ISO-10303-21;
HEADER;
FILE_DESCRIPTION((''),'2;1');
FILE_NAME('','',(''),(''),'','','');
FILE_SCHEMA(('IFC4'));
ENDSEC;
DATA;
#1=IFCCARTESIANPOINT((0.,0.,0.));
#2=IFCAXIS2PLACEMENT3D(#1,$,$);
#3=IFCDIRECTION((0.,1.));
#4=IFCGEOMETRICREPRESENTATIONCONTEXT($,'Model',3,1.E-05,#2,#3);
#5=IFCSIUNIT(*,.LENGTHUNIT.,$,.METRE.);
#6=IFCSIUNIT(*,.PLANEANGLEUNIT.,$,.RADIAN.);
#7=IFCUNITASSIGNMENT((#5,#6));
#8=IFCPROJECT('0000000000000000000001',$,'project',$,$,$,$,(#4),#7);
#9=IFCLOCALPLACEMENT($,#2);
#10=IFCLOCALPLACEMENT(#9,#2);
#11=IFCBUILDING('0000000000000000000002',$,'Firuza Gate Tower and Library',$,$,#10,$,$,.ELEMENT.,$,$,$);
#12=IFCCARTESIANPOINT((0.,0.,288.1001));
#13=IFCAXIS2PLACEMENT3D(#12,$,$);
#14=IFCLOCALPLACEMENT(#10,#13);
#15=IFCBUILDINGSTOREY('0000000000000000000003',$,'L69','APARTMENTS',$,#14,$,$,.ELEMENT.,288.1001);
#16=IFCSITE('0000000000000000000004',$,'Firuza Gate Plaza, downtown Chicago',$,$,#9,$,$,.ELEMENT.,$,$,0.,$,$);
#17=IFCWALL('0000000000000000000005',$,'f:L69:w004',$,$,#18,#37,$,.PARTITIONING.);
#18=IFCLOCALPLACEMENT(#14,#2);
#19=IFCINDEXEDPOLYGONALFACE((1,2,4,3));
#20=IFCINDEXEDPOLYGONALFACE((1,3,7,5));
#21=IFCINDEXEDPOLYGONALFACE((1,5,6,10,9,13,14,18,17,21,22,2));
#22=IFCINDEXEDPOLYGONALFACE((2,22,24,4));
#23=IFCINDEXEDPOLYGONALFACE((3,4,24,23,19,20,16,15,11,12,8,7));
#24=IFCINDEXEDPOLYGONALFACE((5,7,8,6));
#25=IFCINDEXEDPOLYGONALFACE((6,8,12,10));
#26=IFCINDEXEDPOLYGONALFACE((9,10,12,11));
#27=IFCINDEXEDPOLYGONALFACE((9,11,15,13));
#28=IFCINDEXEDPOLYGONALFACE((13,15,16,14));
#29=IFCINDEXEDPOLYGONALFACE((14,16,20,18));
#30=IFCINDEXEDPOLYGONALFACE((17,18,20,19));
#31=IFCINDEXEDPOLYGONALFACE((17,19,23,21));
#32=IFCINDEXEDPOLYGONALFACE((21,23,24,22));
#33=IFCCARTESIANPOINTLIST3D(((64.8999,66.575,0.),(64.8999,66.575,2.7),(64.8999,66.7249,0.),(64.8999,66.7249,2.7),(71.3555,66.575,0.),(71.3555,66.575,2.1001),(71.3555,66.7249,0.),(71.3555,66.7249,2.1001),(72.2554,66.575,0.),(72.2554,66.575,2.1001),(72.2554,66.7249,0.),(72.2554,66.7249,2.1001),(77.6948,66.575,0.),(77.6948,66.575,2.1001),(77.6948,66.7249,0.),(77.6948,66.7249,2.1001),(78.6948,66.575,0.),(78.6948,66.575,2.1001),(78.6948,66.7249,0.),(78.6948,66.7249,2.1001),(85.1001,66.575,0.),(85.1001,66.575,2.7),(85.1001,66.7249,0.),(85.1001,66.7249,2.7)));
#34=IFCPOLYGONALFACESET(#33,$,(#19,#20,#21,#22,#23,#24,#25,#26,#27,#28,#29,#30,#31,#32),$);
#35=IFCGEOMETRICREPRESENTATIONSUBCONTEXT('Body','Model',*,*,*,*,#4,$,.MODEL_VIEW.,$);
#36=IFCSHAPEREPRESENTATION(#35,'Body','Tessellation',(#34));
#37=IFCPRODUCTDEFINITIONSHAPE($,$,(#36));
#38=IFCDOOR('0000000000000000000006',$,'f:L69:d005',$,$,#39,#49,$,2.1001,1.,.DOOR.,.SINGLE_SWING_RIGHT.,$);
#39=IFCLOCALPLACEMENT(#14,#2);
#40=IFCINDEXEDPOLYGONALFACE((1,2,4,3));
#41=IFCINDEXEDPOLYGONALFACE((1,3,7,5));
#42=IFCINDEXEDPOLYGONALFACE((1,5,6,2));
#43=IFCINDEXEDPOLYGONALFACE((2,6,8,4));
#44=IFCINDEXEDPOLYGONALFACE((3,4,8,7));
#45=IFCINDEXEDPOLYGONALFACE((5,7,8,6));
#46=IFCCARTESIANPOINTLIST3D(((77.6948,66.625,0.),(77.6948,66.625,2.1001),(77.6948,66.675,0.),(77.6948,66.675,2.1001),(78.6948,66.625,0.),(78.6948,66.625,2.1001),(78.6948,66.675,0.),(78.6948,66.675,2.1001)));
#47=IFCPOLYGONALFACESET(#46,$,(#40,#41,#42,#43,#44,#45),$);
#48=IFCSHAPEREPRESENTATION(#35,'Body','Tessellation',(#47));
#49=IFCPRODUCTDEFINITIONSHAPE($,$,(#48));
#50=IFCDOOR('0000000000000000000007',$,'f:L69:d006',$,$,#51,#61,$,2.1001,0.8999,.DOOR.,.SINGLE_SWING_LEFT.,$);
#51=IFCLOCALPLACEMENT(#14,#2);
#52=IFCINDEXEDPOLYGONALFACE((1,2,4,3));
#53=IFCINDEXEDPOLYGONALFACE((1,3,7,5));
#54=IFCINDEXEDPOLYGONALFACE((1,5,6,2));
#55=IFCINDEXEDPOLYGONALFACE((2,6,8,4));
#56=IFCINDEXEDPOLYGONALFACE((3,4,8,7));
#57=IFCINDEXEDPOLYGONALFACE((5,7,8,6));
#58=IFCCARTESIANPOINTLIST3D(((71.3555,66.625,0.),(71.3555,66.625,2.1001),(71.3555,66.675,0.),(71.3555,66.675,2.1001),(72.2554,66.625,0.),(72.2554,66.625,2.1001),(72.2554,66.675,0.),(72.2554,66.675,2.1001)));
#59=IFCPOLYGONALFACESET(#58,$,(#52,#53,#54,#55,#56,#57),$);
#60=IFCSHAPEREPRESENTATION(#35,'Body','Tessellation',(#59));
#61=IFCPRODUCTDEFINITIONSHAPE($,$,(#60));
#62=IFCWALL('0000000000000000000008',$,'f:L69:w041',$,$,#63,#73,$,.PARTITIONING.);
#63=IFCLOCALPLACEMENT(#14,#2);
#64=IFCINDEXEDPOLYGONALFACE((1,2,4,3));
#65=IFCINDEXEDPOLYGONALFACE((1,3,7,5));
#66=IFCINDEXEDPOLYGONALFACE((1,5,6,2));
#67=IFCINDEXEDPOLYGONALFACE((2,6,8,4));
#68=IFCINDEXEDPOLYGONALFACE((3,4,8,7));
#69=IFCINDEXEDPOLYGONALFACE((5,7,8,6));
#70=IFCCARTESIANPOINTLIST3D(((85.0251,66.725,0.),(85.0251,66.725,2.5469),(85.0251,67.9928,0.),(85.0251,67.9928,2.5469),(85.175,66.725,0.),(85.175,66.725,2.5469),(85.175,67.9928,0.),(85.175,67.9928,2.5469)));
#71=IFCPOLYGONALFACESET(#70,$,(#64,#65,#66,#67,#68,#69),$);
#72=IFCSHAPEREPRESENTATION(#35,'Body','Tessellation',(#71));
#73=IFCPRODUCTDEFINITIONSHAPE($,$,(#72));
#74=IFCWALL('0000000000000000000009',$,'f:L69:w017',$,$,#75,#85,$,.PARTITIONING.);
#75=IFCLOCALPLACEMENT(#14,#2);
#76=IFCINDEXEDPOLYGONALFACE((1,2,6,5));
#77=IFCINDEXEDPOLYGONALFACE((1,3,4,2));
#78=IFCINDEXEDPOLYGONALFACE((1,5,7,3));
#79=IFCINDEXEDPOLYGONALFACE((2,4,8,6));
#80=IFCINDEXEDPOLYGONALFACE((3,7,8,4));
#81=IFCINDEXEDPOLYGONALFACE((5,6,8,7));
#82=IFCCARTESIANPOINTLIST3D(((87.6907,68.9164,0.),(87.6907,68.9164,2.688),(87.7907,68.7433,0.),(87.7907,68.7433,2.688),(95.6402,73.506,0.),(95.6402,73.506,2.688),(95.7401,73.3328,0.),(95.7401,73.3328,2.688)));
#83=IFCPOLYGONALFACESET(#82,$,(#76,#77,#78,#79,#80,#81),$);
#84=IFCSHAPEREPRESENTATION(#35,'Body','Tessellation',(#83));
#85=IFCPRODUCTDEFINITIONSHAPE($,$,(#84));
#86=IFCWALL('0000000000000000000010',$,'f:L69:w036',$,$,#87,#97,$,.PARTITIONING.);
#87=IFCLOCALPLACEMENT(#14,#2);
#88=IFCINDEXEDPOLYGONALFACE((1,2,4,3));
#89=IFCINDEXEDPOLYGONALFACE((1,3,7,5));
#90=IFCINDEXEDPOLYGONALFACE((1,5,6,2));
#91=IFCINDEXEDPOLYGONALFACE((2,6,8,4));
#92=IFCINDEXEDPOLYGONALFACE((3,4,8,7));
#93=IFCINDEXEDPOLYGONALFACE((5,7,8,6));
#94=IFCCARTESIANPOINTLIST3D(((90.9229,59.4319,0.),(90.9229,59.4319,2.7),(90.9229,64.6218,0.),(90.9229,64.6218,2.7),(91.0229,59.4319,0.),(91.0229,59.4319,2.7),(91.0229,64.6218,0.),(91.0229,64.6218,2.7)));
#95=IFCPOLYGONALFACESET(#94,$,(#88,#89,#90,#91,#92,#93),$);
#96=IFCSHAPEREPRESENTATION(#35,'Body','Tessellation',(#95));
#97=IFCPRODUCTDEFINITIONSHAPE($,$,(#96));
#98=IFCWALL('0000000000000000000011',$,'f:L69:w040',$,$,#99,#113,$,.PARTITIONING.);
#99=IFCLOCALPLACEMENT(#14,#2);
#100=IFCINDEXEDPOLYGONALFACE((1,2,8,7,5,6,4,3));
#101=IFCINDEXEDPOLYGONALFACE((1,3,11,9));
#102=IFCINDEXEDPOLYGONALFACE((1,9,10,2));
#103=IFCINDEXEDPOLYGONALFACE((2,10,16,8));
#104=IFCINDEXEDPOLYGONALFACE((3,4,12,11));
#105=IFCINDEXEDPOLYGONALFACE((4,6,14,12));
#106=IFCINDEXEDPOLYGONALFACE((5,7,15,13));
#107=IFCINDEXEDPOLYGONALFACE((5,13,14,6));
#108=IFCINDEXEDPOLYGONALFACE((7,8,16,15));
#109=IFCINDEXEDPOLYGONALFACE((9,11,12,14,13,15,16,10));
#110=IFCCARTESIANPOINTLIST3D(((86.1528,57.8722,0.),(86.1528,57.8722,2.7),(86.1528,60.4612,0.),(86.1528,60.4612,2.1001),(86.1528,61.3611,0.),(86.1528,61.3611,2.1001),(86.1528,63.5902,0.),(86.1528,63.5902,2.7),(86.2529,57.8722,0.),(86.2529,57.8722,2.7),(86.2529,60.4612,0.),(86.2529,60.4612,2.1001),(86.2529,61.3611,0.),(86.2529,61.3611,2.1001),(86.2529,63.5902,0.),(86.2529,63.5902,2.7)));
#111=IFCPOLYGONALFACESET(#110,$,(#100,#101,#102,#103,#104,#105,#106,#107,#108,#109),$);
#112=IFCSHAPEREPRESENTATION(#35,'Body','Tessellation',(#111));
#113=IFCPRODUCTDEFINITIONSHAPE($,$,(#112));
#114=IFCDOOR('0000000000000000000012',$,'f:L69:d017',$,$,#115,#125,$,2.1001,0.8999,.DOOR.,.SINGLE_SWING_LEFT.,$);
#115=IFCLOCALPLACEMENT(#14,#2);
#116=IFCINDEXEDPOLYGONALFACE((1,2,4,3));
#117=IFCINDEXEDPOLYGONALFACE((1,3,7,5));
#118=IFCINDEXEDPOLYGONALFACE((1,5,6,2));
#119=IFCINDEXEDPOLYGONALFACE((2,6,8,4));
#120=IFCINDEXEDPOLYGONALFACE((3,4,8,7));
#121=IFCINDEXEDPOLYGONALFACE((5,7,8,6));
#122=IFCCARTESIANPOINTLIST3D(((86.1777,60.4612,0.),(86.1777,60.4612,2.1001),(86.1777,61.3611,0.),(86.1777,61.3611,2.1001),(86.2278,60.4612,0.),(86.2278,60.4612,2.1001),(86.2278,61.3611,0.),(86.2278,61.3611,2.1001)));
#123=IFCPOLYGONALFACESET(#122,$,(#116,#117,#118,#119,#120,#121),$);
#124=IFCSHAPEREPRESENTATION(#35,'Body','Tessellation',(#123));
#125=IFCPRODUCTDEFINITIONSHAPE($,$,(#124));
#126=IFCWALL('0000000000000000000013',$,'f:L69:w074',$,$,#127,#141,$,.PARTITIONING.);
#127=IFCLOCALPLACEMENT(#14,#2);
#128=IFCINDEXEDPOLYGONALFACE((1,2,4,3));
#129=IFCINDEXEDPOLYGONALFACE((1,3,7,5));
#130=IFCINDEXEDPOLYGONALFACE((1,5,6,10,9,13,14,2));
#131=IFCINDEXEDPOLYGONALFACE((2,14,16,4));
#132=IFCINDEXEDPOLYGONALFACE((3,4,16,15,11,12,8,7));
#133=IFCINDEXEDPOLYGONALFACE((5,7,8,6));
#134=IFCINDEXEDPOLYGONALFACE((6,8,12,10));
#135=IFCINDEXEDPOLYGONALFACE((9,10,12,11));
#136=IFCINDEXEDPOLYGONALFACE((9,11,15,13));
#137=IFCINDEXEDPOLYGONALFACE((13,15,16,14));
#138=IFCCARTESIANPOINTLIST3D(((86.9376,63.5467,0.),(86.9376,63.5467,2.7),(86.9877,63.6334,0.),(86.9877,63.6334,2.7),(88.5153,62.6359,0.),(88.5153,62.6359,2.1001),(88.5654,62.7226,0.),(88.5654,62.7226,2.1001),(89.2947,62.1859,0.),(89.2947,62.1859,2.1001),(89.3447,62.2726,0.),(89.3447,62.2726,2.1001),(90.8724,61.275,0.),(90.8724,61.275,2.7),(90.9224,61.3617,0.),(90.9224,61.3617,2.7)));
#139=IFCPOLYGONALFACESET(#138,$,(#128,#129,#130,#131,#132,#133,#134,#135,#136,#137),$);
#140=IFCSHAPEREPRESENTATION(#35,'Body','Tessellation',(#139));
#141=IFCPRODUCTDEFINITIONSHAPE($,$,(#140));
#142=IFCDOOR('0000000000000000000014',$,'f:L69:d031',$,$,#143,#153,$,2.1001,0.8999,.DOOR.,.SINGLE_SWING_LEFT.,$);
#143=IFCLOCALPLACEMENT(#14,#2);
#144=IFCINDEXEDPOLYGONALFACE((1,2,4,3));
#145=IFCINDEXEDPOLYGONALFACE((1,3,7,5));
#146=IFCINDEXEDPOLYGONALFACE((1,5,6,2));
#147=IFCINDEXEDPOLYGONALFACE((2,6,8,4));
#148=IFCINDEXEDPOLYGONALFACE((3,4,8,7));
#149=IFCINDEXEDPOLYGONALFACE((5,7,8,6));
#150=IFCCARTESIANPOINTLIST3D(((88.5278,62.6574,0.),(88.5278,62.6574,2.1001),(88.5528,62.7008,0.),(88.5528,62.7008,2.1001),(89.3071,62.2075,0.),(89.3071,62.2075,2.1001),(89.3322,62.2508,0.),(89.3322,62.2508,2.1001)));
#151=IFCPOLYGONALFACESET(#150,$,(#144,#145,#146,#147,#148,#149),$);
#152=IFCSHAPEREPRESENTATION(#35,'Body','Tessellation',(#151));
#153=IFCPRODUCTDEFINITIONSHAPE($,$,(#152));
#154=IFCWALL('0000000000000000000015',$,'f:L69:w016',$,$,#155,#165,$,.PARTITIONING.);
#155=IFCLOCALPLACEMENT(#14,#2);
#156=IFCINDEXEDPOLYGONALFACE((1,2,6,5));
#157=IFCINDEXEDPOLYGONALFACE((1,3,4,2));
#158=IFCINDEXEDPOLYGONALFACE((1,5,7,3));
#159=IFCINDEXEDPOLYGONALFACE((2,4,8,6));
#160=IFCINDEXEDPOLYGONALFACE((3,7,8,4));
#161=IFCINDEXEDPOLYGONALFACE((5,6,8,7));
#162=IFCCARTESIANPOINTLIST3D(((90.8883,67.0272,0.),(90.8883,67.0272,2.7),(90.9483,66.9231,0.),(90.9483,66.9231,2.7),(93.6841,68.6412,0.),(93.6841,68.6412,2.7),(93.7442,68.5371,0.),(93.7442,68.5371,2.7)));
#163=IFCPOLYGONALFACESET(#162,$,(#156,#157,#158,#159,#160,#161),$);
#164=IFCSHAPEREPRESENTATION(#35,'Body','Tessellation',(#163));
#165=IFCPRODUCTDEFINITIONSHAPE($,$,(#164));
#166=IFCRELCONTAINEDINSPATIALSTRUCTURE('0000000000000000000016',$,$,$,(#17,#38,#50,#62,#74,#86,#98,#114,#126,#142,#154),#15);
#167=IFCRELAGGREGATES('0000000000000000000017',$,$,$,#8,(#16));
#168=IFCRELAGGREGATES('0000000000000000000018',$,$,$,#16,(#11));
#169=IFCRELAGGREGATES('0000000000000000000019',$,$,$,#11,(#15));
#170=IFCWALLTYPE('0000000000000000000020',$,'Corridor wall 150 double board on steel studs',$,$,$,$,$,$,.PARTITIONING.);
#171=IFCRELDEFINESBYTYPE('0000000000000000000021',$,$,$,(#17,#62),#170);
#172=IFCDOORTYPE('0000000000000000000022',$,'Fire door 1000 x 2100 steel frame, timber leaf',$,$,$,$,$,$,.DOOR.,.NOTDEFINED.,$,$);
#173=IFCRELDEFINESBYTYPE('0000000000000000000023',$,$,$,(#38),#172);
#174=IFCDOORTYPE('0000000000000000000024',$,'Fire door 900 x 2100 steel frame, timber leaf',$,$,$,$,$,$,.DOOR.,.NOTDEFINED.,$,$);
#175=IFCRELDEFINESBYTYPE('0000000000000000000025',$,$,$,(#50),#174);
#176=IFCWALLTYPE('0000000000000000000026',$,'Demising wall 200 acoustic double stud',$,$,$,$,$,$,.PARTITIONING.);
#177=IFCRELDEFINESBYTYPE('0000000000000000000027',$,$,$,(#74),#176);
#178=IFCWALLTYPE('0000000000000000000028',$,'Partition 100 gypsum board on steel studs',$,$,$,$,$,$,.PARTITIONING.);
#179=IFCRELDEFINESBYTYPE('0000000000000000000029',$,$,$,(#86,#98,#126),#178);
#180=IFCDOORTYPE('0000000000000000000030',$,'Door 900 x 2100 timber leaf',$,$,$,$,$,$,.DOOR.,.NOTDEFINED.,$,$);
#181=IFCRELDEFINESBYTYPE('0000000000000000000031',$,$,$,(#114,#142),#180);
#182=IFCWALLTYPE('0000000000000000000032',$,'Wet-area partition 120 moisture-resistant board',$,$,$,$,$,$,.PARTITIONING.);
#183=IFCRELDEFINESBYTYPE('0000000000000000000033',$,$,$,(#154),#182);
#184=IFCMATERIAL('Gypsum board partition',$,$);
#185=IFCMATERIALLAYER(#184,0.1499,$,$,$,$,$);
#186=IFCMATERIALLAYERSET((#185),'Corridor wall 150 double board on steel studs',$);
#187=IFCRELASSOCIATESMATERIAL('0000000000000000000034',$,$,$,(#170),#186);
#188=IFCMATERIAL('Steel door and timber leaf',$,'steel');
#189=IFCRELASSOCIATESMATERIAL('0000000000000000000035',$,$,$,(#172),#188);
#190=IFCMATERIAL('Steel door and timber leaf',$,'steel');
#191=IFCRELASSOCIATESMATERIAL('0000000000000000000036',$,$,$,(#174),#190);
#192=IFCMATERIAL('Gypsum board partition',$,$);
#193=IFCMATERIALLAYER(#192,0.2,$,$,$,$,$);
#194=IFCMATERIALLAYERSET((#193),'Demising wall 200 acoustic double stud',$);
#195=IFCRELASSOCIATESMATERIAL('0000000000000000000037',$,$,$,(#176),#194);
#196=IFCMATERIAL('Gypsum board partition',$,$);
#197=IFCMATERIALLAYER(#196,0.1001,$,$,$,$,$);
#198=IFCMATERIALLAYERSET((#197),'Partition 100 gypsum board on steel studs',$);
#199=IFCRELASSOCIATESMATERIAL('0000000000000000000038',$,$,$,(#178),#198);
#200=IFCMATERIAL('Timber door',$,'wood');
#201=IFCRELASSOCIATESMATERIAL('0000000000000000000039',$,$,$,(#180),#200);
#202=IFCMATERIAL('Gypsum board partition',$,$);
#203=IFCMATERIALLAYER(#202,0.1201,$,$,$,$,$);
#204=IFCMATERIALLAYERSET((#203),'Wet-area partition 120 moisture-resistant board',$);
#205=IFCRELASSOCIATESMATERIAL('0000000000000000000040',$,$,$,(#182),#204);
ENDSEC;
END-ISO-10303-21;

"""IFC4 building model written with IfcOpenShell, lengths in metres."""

from ifc_helpers import new_model, si_unit, direction, frame, frame_2d, origin, place, context, subcontext, project, spatial, rectangle, extrude, material, layer, layer_set, type_object, element, fill, save


model = new_model("IFC4")

# Units and contexts
model_context = context("Model", 3, precision=1e-05, world=origin(), true_north=direction((0.0, 1.0)))
body_context = subcontext(model_context, "Body", "Model", "MODEL_VIEW")
ifc_project = project(units=[si_unit("LENGTHUNIT", "METRE"), si_unit("PLANEANGLEUNIT", "RADIAN")], contexts=[model_context])

# Site, building, storey
site_placement = place(None, origin())
site = spatial("IfcSite", under=ifc_project, at=site_placement, Name="Firuza Gate Plaza, downtown Chicago", CompositionType="ELEMENT", RefElevation=0.0)
building_placement = place(site_placement, origin())
building = spatial("IfcBuilding", under=site, at=building_placement, Name="Firuza Gate Tower and Library", CompositionType="ELEMENT")
storey_placement = place(building_placement, frame((0.0, 0.0, 288.1001)))
storey = spatial("IfcBuildingStorey", under=building, at=storey_placement, Name="L69", Description="APARTMENTS", CompositionType="ELEMENT", Elevation=288.1001)

# Wall, openings, doors
ifc_material_1 = material(Name="Gypsum board partition")
ifc_layer_1 = layer(ifc_material_1, 0.1499)
ifc_layer_set_1 = layer_set([ifc_layer_1], Name="Corridor wall 150 double board on steel studs")
wall_type_1 = type_object("IfcWallType", Name="Corridor wall 150 double board on steel studs", PredefinedType="PARTITIONING", material=ifc_layer_set_1)
wall_1_placement = place(storey_placement, frame((85.1001, 66.6499, 0.0), z_axis=(0.0, 0.0, 1.0), x_axis=(-1.0, 0.0, 0.0)))
wall_1 = element("IfcWall", 1, at=wall_1_placement, inside=storey, type_object=wall_type_1, Name="f:L69:w004", PredefinedType="PARTITIONING", context=body_context, shape_type="SweptSolid", body=[
    extrude(rectangle(XDim=20.2002, YDim=0.1499, at=frame_2d((10.1001, 0.0))), origin(), (0.0, 0.0, 1.0), 2.7),
])
opening_1_placement = place(wall_1_placement, frame((6.4053, 0.0, 0.0)))
opening_1 = element("IfcOpeningElement", 2, at=opening_1_placement, cuts=wall_1, PredefinedType="OPENING", context=body_context, shape_type="SweptSolid", body=[
    extrude(rectangle(XDim=1.0, YDim=2.1001, at=frame_2d((0.5, 1.05))), frame((0.0, 0.085, 0.0), z_axis=(0.0, -1.0, 0.0), x_axis=(1.0, 0.0, 0.0)), (0.0, 0.0, 1.0), 0.1699),
])
opening_2_placement = place(wall_1_placement, frame((12.8447, 0.0, 0.0)))
opening_2 = element("IfcOpeningElement", 3, at=opening_2_placement, cuts=wall_1, PredefinedType="OPENING", context=body_context, shape_type="SweptSolid", body=[
    extrude(rectangle(XDim=0.8999, YDim=2.1001, at=frame_2d((0.45, 1.05))), frame((0.0, 0.085, 0.0), z_axis=(0.0, -1.0, 0.0), x_axis=(1.0, 0.0, 0.0)), (0.0, 0.0, 1.0), 0.1699),
])
ifc_material_2 = material(Name="Steel door and timber leaf", Category="steel")
door_type_1 = type_object("IfcDoorType", Name="Fire door 1000 x 2100 steel frame, timber leaf", OperationType="NOTDEFINED", PredefinedType="DOOR", material=ifc_material_2)
door_1_placement = place(opening_1_placement, origin())
door_1 = element("IfcDoor", 4, at=door_1_placement, inside=storey, type_object=door_type_1, Name="f:L69:d005", OperationType="SINGLE_SWING_RIGHT", OverallHeight=2.1001, OverallWidth=1.0, PredefinedType="DOOR", context=body_context, shape_type="SweptSolid", body=[
    extrude(rectangle(XDim=1.0, YDim=2.1001, at=frame_2d((0.5, 1.05))), frame((0.0, 0.0249, 0.0), z_axis=(0.0, -1.0, 0.0), x_axis=(1.0, 0.0, 0.0)), (0.0, 0.0, 1.0), 0.05),
])
fill(opening_1, door_1)
ifc_material_3 = material(Name="Steel door and timber leaf", Category="steel")
door_type_2 = type_object("IfcDoorType", Name="Fire door 900 x 2100 steel frame, timber leaf", OperationType="NOTDEFINED", PredefinedType="DOOR", material=ifc_material_3)
door_2_placement = place(opening_2_placement, origin())
door_2 = element("IfcDoor", 5, at=door_2_placement, inside=storey, type_object=door_type_2, Name="f:L69:d006", OperationType="SINGLE_SWING_LEFT", OverallHeight=2.1001, OverallWidth=0.8999, PredefinedType="DOOR", context=body_context, shape_type="SweptSolid", body=[
    extrude(rectangle(XDim=0.8999, YDim=2.1001, at=frame_2d((0.45, 1.05))), frame((0.0, 0.0249, 0.0), z_axis=(0.0, -1.0, 0.0), x_axis=(1.0, 0.0, 0.0)), (0.0, 0.0, 1.0), 0.05),
])
fill(opening_2, door_2)

# Walls
wall_2_placement = place(storey_placement, frame((85.1001, 66.7251, 0.0), z_axis=(0.0, 0.0, 1.0), x_axis=(0.0, 1.0, 0.0)))
element("IfcWall", 6, at=wall_2_placement, inside=storey, type_object=wall_type_1, Name="f:L69:w041", PredefinedType="PARTITIONING", context=body_context, shape_type="SweptSolid", body=[
    extrude(rectangle(XDim=1.2678, YDim=0.1499, at=frame_2d((0.6338, 0.0))), origin(), (0.0, 0.0, 1.0), 2.5469),
])
ifc_material_4 = material(Name="Gypsum board partition")
ifc_layer_2 = layer(ifc_material_4, 0.2)
ifc_layer_set_2 = layer_set([ifc_layer_2], Name="Demising wall 200 acoustic double stud")
wall_type_2 = type_object("IfcWallType", Name="Demising wall 200 acoustic double stud", PredefinedType="PARTITIONING", material=ifc_layer_set_2)
wall_3_placement = place(storey_placement, frame((87.7407, 68.8298, 0.0), z_axis=(0.0, 0.0, 1.0), x_axis=(0.866027, 0.499998, 0.0)))
element("IfcWall", 7, at=wall_3_placement, inside=storey, type_object=wall_type_2, Name="f:L69:w017", PredefinedType="PARTITIONING", context=body_context, shape_type="SweptSolid", body=[
    extrude(rectangle(XDim=9.1792, YDim=0.2, at=frame_2d((4.5896, 0.0))), origin(), (0.0, 0.0, 1.0), 2.688),
])
ifc_material_5 = material(Name="Gypsum board partition")
ifc_layer_3 = layer(ifc_material_5, 0.1001)
ifc_layer_set_3 = layer_set([ifc_layer_3], Name="Partition 100 gypsum board on steel studs")
wall_type_3 = type_object("IfcWallType", Name="Partition 100 gypsum board on steel studs", PredefinedType="PARTITIONING", material=ifc_layer_set_3)
wall_4_placement = place(storey_placement, frame((90.9729, 59.4319, 0.0), z_axis=(0.0, 0.0, 1.0), x_axis=(0.0, 1.0, 0.0)))
element("IfcWall", 8, at=wall_4_placement, inside=storey, type_object=wall_type_3, Name="f:L69:w036", PredefinedType="PARTITIONING", context=body_context, shape_type="SweptSolid", body=[
    extrude(rectangle(XDim=5.1899, YDim=0.1001, at=frame_2d((2.595, 0.0))), origin(), (0.0, 0.0, 1.0), 2.7),
])

# Walls, openings, doors
wall_5_placement = place(storey_placement, frame((86.2029, 63.5901, 0.0), z_axis=(0.0, 0.0, 1.0), x_axis=(0.0, -1.0, 0.0)))
wall_5 = element("IfcWall", 9, at=wall_5_placement, inside=storey, type_object=wall_type_3, Name="f:L69:w040", PredefinedType="PARTITIONING", context=body_context, shape_type="SweptSolid", body=[
    extrude(rectangle(XDim=5.718, YDim=0.1001, at=frame_2d((2.8589, 0.0))), origin(), (0.0, 0.0, 1.0), 2.7),
])
opening_3_placement = place(wall_5_placement, frame((2.229, 0.0, 0.0)))
opening_3 = element("IfcOpeningElement", 10, at=opening_3_placement, cuts=wall_5, PredefinedType="OPENING", context=body_context, shape_type="SweptSolid", body=[
    extrude(rectangle(XDim=0.8999, YDim=2.1001, at=frame_2d((0.45, 1.05))), frame((0.0, 0.0601, 0.0), z_axis=(0.0, -1.0, 0.0), x_axis=(1.0, 0.0, 0.0)), (0.0, 0.0, 1.0), 0.1201),
])
ifc_material_6 = material(Name="Timber door", Category="wood")
door_type_3 = type_object("IfcDoorType", Name="Door 900 x 2100 timber leaf", OperationType="NOTDEFINED", PredefinedType="DOOR", material=ifc_material_6)
door_3_placement = place(opening_3_placement, origin())
door_3 = element("IfcDoor", 11, at=door_3_placement, inside=storey, type_object=door_type_3, Name="f:L69:d017", OperationType="SINGLE_SWING_LEFT", OverallHeight=2.1001, OverallWidth=0.8999, PredefinedType="DOOR", context=body_context, shape_type="SweptSolid", body=[
    extrude(rectangle(XDim=0.8999, YDim=2.1001, at=frame_2d((0.45, 1.05))), frame((0.0, 0.0249, 0.0), z_axis=(0.0, -1.0, 0.0), x_axis=(1.0, 0.0, 0.0)), (0.0, 0.0, 1.0), 0.05),
])
fill(opening_3, door_3)
wall_6_placement = place(storey_placement, frame((86.9626, 63.5901, 0.0), z_axis=(0.0, 0.0, 1.0), x_axis=(0.866029, -0.499994, 0.0)))
wall_6 = element("IfcWall", 12, at=wall_6_placement, inside=storey, type_object=wall_type_3, Name="f:L69:w074", PredefinedType="PARTITIONING", context=body_context, shape_type="SweptSolid", body=[
    extrude(rectangle(XDim=4.5435, YDim=0.1001, at=frame_2d((2.2717, 0.0))), origin(), (0.0, 0.0, 1.0), 2.7),
])
opening_4_placement = place(wall_6_placement, frame((1.8218, 0.0, 0.0)))
opening_4 = element("IfcOpeningElement", 13, at=opening_4_placement, cuts=wall_6, PredefinedType="OPENING", context=body_context, shape_type="SweptSolid", body=[
    extrude(rectangle(XDim=0.8999, YDim=2.1001, at=frame_2d((0.45, 1.05))), frame((0.0, 0.0601, 0.0), z_axis=(0.0, -1.0, 0.0), x_axis=(1.0, 0.0, 0.0)), (0.0, 0.0, 1.0), 0.1201),
])
door_4_placement = place(opening_4_placement, origin())
door_4 = element("IfcDoor", 14, at=door_4_placement, inside=storey, type_object=door_type_3, Name="f:L69:d031", OperationType="SINGLE_SWING_LEFT", OverallHeight=2.1001, OverallWidth=0.8999, PredefinedType="DOOR", context=body_context, shape_type="SweptSolid", body=[
    extrude(rectangle(XDim=0.8999, YDim=2.1001, at=frame_2d((0.45, 1.05))), frame((0.0, 0.0249, 0.0), z_axis=(0.0, -1.0, 0.0), x_axis=(1.0, 0.0, 0.0)), (0.0, 0.0, 1.0), 0.05),
])
fill(opening_4, door_4)

# Wall
ifc_material_7 = material(Name="Gypsum board partition")
ifc_layer_4 = layer(ifc_material_7, 0.1201)
ifc_layer_set_4 = layer_set([ifc_layer_4], Name="Wet-area partition 120 moisture-resistant board")
wall_type_4 = type_object("IfcWallType", Name="Wet-area partition 120 moisture-resistant board", PredefinedType="PARTITIONING", material=ifc_layer_set_4)
wall_7_placement = place(storey_placement, frame((90.9182, 66.9751, 0.0), z_axis=(0.0, 0.0, 1.0), x_axis=(0.866052, 0.499954, 0.0)))
element("IfcWall", 15, at=wall_7_placement, inside=storey, type_object=wall_type_4, Name="f:L69:w016", PredefinedType="PARTITIONING", context=body_context, shape_type="SweptSolid", body=[
    extrude(rectangle(XDim=3.2283, YDim=0.1201, at=frame_2d((1.6143, 0.0))), origin(), (0.0, 0.0, 1.0), 2.7),
])

save(model, "model.ifc")
